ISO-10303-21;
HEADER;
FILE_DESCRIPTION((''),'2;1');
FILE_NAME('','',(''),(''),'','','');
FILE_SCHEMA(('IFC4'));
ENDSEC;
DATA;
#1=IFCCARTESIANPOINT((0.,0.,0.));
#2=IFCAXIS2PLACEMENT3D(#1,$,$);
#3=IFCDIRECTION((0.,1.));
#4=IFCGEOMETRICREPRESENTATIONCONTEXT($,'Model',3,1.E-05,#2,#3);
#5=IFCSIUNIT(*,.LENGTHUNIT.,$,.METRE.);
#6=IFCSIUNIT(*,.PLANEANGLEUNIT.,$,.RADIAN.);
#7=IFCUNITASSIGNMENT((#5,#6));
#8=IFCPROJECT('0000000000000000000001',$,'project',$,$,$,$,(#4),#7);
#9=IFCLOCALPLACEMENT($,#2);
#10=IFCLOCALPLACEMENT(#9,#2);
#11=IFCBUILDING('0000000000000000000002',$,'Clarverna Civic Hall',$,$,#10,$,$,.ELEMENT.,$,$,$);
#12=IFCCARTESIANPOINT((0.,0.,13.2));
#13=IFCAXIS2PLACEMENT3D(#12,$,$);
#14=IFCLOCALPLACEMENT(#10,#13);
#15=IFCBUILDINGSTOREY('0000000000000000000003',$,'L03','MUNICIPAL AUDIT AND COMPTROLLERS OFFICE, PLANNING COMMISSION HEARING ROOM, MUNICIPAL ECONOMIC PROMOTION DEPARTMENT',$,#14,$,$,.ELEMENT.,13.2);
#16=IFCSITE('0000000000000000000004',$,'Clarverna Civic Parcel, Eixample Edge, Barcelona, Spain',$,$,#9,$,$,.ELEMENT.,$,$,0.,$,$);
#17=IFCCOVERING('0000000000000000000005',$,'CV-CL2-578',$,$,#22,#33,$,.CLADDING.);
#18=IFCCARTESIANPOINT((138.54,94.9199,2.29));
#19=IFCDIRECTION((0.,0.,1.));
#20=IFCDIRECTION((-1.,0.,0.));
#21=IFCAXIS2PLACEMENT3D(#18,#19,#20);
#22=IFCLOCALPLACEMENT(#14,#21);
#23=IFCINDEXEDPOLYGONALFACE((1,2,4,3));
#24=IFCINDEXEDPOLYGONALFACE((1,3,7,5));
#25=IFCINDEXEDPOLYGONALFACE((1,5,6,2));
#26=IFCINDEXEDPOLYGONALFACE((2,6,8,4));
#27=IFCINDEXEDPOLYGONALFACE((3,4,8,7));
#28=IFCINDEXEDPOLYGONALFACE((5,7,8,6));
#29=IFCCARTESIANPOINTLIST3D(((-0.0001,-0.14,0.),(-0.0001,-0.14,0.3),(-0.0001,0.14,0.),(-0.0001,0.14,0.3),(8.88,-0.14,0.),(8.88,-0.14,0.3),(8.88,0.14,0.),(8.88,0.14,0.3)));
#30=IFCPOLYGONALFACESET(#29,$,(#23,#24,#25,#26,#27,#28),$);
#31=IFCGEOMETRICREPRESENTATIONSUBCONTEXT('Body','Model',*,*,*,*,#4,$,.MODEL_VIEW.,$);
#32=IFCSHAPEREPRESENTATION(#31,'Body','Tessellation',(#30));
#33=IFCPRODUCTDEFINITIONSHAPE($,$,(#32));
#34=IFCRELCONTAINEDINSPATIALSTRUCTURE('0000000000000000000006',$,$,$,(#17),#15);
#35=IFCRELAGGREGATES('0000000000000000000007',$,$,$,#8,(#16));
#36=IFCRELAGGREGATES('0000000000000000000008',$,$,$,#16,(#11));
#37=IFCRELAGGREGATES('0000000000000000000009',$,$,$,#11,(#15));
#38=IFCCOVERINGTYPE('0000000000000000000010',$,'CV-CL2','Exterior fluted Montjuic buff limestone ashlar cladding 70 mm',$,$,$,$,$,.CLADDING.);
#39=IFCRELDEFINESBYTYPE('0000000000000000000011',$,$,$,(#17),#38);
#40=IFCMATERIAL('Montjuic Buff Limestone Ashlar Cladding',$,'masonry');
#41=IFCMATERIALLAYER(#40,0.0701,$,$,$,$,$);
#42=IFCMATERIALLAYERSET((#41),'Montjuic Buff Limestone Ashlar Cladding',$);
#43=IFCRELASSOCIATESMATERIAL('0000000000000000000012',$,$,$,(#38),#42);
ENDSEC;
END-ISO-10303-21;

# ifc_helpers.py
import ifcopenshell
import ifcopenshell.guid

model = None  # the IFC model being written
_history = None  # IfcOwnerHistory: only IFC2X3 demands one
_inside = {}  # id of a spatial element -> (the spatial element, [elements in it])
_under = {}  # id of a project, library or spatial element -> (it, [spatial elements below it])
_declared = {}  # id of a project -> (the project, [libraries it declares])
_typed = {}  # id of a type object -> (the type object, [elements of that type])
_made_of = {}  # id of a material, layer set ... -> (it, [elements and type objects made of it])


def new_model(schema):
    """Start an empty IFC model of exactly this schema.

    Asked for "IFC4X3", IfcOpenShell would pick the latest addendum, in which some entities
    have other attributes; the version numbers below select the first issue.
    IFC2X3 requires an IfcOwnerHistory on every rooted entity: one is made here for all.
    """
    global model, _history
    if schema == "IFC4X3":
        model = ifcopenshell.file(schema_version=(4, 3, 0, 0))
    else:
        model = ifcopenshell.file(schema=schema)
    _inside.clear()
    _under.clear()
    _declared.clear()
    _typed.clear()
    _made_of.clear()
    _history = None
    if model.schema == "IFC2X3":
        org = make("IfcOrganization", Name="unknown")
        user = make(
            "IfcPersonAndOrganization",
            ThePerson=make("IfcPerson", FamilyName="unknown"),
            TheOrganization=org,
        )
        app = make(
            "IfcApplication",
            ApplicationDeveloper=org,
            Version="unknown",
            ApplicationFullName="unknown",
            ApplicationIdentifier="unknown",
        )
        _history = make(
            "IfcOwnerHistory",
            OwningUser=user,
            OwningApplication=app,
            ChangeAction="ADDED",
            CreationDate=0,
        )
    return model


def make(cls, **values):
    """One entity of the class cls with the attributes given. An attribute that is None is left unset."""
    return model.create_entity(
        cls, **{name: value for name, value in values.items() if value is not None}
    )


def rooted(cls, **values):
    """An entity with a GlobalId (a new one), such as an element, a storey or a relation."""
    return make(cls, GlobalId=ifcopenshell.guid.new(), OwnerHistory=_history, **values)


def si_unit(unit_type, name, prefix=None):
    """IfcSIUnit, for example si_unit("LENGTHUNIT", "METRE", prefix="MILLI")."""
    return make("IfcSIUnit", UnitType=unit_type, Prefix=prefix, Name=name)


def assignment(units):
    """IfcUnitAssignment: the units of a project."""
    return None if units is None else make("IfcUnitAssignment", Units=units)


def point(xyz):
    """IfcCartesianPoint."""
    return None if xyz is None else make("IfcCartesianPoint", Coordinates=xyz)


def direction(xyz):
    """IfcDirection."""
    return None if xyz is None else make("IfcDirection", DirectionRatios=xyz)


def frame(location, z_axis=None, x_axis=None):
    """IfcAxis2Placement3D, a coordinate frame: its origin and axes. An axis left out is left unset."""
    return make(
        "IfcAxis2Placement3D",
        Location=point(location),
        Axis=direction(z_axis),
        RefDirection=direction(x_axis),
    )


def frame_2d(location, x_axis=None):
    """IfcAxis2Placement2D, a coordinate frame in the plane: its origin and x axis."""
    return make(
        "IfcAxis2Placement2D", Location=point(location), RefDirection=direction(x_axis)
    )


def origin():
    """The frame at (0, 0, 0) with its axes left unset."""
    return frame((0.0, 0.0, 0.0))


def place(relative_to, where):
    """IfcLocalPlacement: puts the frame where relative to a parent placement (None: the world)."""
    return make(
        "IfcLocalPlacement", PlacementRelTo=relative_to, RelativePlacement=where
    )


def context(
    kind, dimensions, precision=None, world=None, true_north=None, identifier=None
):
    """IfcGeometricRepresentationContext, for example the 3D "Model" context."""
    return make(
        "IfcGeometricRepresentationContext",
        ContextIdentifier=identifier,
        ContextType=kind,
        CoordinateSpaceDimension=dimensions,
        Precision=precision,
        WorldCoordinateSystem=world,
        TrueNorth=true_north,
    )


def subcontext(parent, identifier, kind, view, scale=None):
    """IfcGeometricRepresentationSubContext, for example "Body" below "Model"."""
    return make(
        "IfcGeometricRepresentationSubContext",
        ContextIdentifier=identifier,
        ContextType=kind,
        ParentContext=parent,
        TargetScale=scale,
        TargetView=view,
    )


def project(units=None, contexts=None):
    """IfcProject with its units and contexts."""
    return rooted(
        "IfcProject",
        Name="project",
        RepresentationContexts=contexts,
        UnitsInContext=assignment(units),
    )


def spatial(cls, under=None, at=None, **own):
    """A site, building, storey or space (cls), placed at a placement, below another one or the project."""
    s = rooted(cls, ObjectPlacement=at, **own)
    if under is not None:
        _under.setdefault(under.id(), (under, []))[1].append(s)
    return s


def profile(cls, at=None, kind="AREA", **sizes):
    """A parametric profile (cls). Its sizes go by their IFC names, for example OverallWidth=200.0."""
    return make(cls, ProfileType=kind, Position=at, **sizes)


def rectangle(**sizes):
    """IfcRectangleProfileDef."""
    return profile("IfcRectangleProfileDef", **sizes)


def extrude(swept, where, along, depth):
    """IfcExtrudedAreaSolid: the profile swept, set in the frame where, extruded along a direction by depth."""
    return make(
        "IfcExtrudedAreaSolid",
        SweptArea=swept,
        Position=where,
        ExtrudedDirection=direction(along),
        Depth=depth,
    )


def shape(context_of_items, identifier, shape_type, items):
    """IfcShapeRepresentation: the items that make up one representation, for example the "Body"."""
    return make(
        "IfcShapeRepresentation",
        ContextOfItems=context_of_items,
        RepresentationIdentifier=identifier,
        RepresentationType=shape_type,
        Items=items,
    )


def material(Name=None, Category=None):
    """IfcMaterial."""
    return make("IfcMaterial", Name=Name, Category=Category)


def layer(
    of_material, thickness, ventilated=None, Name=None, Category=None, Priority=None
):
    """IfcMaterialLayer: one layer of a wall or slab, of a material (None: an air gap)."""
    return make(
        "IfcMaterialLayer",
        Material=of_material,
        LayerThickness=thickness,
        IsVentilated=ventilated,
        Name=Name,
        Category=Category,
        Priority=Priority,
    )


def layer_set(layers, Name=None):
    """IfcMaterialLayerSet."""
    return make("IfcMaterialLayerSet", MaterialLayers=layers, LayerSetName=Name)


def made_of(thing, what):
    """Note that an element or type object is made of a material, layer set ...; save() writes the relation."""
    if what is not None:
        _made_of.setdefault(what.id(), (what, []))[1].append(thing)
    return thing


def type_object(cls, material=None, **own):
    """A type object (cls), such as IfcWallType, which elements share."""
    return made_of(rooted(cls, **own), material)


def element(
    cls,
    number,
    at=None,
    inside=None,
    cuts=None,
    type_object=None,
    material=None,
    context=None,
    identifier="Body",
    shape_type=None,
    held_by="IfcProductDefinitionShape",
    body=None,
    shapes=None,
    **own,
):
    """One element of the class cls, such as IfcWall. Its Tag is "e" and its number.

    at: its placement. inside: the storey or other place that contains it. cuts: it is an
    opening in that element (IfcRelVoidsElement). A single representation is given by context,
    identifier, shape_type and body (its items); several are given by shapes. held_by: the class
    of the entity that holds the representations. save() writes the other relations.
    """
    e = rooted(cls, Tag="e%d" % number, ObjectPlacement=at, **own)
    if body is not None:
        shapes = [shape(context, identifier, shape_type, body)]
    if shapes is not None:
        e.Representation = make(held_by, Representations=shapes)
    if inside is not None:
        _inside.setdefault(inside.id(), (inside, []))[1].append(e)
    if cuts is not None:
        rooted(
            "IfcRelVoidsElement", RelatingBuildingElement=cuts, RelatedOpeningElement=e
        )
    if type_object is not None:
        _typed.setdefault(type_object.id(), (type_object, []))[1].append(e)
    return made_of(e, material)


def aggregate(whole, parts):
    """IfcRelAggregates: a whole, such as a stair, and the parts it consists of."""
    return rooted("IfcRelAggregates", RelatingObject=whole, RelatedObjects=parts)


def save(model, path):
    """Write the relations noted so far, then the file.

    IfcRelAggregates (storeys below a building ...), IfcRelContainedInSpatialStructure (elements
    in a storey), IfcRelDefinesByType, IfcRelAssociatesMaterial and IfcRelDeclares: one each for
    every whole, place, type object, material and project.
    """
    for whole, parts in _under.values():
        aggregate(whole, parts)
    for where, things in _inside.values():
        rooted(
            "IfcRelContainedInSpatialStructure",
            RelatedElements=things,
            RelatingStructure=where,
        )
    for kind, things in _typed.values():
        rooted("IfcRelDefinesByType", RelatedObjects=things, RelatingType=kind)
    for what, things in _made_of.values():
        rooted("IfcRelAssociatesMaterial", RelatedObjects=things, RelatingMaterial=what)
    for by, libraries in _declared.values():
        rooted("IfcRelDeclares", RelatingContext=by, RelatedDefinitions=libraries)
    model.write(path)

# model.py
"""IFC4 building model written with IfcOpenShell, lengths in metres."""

from ifc_helpers import new_model, si_unit, direction, frame, frame_2d, origin, place, context, subcontext, project, spatial, rectangle, extrude, material, layer, layer_set, type_object, element, save


model = new_model("IFC4")

# Units and contexts
model_context = context("Model", 3, precision=1e-05, world=origin(), true_north=direction((0.0, 1.0)))
body_context = subcontext(model_context, "Body", "Model", "MODEL_VIEW")
ifc_project = project(units=[si_unit("LENGTHUNIT", "METRE"), si_unit("PLANEANGLEUNIT", "RADIAN")], contexts=[model_context])

# Site, building, storey
site_placement = place(None, origin())
site = spatial("IfcSite", under=ifc_project, at=site_placement, Name="Clarverna Civic Parcel, Eixample Edge, Barcelona, Spain", CompositionType="ELEMENT", RefElevation=0.0)
building_placement = place(site_placement, origin())
building = spatial("IfcBuilding", under=site, at=building_placement, Name="Clarverna Civic Hall", CompositionType="ELEMENT")
storey_placement = place(building_placement, frame((0.0, 0.0, 13.2)))
storey = spatial("IfcBuildingStorey", under=building, at=storey_placement, Name="L03", Description="MUNICIPAL AUDIT AND COMPTROLLERS OFFICE, PLANNING COMMISSION HEARING ROOM, MUNICIPAL ECONOMIC PROMOTION DEPARTMENT", CompositionType="ELEMENT", Elevation=13.2)

# Covering
ifc_material_1 = material(Name="Montjuic Buff Limestone Ashlar Cladding", Category="masonry")
ifc_layer_1 = layer(ifc_material_1, 0.0701)
ifc_layer_set_1 = layer_set([ifc_layer_1], Name="Montjuic Buff Limestone Ashlar Cladding")
covering_type_1 = type_object("IfcCoveringType", Name="CV-CL2", Description="Exterior fluted Montjuic buff limestone ashlar cladding 70 mm", PredefinedType="CLADDING", material=ifc_layer_set_1)
covering_1_placement = place(storey_placement, frame((138.54, 94.9199, 2.29), z_axis=(0.0, 0.0, 1.0), x_axis=(-1.0, 0.0, 0.0)))
element("IfcCovering", 1, at=covering_1_placement, inside=storey, type_object=covering_type_1, Name="CV-CL2-578", PredefinedType="CLADDING", context=body_context, shape_type="SweptSolid", body=[
    extrude(rectangle(XDim=8.8801, YDim=0.28, at=frame_2d((4.4399, 0.0))), origin(), (0.0, 0.0, 1.0), 0.3),
])

save(model, "model.ifc")
